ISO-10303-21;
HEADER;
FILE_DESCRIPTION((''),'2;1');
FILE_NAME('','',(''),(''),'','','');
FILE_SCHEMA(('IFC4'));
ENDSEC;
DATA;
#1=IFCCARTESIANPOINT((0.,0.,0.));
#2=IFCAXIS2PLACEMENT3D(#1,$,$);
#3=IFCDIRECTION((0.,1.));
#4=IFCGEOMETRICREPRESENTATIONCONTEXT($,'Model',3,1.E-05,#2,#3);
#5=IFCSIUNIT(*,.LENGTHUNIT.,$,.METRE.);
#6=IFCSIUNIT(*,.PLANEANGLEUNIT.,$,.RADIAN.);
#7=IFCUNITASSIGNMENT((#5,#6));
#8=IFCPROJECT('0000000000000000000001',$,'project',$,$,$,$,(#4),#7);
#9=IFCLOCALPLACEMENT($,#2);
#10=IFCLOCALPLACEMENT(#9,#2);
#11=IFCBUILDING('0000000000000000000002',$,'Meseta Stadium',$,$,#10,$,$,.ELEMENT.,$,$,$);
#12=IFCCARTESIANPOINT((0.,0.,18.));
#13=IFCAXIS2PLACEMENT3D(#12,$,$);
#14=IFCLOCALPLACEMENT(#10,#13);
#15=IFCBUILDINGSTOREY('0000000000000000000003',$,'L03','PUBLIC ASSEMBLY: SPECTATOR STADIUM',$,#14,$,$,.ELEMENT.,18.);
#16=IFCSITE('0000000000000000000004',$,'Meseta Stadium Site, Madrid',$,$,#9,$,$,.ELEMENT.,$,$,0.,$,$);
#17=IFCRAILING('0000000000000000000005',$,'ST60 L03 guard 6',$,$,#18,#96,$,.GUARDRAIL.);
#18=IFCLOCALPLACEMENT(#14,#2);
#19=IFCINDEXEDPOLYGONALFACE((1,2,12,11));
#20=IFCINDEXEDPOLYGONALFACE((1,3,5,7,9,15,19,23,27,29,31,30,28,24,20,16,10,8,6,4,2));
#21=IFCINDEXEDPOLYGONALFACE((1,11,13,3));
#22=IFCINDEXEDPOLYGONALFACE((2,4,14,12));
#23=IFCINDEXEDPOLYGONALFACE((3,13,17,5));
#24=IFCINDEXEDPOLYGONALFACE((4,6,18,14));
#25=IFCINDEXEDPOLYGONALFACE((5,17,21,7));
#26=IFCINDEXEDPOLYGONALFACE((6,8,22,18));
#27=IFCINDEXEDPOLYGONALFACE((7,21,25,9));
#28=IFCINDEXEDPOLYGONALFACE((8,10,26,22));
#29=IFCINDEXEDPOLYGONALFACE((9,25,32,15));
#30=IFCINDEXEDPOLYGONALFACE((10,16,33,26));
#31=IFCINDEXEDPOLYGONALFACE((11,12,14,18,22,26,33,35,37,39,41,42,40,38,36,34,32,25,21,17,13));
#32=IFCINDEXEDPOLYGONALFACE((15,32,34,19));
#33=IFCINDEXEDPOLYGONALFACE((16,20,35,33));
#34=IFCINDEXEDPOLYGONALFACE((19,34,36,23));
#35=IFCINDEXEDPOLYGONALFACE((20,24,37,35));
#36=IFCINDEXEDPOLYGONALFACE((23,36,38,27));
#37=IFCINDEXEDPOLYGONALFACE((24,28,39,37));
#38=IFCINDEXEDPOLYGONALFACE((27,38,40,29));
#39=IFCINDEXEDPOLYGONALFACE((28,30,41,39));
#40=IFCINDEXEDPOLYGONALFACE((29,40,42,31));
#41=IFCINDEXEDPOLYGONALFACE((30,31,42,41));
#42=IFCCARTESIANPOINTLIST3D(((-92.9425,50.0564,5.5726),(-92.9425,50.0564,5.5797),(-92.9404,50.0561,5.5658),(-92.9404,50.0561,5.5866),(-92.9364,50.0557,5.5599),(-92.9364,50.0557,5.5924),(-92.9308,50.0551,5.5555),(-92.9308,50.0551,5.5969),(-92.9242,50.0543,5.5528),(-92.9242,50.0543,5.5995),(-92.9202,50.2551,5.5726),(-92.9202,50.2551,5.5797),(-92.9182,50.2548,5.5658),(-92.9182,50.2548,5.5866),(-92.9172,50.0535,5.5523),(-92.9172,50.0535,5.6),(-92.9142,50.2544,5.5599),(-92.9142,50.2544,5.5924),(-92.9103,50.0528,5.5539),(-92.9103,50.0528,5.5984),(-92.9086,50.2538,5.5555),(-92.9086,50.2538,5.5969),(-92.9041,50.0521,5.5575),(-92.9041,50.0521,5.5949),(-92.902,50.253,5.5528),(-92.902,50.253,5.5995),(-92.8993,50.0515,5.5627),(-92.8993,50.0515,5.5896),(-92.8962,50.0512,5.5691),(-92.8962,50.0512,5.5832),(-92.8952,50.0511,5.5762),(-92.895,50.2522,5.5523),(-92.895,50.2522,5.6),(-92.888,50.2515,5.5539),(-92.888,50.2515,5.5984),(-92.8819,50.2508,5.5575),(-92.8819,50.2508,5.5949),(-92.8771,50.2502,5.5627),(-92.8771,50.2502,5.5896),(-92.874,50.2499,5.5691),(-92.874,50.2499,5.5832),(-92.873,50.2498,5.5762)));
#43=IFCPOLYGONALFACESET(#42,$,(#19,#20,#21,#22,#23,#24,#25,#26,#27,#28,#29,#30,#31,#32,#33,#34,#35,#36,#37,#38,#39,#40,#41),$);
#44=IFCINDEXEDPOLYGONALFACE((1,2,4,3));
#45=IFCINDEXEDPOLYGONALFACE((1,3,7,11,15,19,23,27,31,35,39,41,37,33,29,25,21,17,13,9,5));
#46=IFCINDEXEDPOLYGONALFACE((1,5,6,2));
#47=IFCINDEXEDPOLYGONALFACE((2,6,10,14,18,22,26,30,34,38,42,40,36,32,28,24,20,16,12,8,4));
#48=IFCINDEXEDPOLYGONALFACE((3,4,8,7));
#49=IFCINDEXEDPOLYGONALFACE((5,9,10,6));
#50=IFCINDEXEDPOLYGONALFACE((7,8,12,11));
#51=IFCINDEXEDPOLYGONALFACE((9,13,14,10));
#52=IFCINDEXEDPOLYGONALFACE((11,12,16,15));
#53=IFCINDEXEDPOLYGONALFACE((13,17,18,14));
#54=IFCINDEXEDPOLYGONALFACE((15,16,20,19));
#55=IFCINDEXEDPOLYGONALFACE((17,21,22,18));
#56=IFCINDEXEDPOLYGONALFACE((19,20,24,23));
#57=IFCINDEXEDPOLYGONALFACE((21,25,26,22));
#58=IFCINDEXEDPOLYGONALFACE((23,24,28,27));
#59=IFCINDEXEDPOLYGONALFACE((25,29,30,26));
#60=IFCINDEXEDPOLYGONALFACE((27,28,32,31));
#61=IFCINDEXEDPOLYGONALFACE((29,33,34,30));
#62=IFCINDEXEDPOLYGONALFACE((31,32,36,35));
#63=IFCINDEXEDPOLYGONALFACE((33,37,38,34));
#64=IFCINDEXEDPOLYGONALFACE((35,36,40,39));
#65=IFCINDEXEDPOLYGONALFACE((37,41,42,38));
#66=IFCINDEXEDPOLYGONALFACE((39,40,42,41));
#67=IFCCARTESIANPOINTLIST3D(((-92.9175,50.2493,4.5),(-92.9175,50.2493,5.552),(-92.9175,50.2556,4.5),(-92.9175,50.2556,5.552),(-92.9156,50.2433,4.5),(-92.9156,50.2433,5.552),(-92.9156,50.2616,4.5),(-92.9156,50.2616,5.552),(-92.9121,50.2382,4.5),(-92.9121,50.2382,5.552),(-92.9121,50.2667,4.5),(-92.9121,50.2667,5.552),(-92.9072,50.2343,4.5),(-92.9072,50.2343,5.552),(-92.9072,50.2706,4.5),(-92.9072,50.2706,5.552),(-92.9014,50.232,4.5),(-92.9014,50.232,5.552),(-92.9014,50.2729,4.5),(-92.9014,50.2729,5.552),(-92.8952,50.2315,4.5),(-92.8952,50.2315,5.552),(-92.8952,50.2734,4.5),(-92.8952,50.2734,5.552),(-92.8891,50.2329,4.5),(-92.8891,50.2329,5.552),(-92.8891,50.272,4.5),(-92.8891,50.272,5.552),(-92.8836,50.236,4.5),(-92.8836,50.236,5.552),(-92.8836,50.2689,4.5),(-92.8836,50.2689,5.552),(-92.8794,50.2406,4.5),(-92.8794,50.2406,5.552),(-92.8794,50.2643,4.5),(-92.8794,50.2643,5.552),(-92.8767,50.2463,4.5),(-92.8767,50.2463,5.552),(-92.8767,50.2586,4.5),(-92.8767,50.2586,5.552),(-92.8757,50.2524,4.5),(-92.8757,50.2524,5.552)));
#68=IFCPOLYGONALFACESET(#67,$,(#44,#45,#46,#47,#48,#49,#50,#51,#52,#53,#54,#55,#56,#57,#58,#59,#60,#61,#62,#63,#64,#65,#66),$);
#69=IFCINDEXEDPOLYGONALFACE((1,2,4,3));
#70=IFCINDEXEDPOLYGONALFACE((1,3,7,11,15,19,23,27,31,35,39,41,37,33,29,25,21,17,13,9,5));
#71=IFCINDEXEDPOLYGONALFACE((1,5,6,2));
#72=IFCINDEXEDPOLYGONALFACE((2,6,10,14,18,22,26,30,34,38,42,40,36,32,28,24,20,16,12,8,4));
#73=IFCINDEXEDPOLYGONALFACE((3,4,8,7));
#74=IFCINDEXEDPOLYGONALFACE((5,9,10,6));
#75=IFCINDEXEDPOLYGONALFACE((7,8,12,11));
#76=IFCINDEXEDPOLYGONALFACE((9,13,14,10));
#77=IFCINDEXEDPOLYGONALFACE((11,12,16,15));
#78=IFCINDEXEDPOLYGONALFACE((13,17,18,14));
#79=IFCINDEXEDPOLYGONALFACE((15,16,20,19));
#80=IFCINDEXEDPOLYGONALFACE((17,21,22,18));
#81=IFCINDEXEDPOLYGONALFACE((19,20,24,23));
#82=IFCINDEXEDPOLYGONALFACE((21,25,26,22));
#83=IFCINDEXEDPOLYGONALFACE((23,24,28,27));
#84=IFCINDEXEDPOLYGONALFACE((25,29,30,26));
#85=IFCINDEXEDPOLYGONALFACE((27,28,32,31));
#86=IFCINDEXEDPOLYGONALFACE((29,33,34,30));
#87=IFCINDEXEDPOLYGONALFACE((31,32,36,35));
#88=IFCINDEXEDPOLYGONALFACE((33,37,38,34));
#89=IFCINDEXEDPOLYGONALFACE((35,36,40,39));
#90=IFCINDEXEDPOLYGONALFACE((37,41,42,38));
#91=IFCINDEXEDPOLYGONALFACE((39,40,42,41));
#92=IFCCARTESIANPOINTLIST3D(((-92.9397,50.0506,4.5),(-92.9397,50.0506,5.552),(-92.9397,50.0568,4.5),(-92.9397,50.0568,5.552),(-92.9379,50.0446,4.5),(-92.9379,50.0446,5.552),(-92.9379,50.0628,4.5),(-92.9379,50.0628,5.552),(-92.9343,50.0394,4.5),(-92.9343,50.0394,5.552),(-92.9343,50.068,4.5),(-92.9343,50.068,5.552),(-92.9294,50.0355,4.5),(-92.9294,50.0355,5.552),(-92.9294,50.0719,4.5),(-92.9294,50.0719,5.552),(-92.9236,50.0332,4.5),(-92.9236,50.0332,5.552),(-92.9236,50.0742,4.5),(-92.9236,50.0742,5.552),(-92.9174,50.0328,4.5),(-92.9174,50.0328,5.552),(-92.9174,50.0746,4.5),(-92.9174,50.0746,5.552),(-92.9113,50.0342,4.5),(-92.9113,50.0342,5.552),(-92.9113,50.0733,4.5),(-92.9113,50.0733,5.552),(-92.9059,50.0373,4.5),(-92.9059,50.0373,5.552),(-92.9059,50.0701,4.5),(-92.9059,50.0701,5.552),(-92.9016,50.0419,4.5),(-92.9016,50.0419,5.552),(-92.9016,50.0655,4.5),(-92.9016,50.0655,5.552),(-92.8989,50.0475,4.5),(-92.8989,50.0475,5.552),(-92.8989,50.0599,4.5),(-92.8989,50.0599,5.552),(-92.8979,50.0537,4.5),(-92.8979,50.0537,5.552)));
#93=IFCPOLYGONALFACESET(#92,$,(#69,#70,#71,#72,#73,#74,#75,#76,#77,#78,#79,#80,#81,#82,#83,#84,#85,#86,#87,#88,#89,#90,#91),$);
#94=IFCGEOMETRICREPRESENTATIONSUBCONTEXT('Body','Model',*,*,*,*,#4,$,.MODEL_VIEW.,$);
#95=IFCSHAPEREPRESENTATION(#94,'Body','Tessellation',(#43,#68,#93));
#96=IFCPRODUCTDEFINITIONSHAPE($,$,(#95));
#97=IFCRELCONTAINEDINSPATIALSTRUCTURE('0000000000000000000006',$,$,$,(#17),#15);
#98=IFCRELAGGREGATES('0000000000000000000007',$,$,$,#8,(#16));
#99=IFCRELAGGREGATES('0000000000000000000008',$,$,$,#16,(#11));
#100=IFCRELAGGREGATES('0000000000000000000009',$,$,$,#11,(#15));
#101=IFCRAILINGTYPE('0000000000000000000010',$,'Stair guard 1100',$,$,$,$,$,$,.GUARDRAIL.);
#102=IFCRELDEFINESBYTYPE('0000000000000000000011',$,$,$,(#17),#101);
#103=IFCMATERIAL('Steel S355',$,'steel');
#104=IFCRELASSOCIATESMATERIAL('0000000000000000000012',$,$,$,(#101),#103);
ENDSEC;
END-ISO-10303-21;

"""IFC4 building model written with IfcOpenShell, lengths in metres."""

from ifc_helpers import new_model, si_unit, direction, frame, origin, origin_2d, place, context, subcontext, project, spatial, circle, extrude, material, type_object, element, save


model = new_model("IFC4")

# Units and contexts
model_context = context("Model", 3, precision=1e-05, world=origin(), true_north=direction((0.0, 1.0)))
body_context = subcontext(model_context, "Body", "Model", "MODEL_VIEW")
ifc_project = project(units=[si_unit("LENGTHUNIT", "METRE"), si_unit("PLANEANGLEUNIT", "RADIAN")], contexts=[model_context])

# Site, building, storey
site_placement = place(None, origin())
site = spatial("IfcSite", under=ifc_project, at=site_placement, Name="Meseta Stadium Site, Madrid", CompositionType="ELEMENT", RefElevation=0.0)
building_placement = place(site_placement, origin())
building = spatial("IfcBuilding", under=site, at=building_placement, Name="Meseta Stadium", CompositionType="ELEMENT")
storey_placement = place(building_placement, frame((0.0, 0.0, 18.0)))
storey = spatial("IfcBuildingStorey", under=building, at=storey_placement, Name="L03", Description="PUBLIC ASSEMBLY: SPECTATOR STADIUM", CompositionType="ELEMENT", Elevation=18.0)

# Railing
ifc_material_1 = material(Name="Steel S355", Category="steel")
railing_type_1 = type_object("IfcRailingType", Name="Stair guard 1100", PredefinedType="GUARDRAIL", material=ifc_material_1)
railing_1_placement = place(storey_placement, frame((-92.8967, 50.2524, 4.5)))
element("IfcRailing", 1, at=railing_1_placement, inside=storey, type_object=railing_type_1, Name="ST60 L03 guard 6", PredefinedType="GUARDRAIL", context=body_context, shape_type="SweptSolid", body=[
    extrude(circle(Radius=0.0239, at=origin_2d()), frame((0.0, 0.0, 1.0762), z_axis=(-0.111102, -0.993809, 0.0), x_axis=(0.993809, -0.111102, 0.0)), (0.0, 0.0, 1.0), 0.2),
    extrude(circle(Radius=0.021, at=origin_2d()), origin(), (0.0, 0.0, 1.0), 1.052),
    extrude(circle(Radius=0.021, at=origin_2d()), frame((-0.0222, -0.1987, 0.0)), (0.0, 0.0, 1.0), 1.052),
])

save(model, "model.ifc")
